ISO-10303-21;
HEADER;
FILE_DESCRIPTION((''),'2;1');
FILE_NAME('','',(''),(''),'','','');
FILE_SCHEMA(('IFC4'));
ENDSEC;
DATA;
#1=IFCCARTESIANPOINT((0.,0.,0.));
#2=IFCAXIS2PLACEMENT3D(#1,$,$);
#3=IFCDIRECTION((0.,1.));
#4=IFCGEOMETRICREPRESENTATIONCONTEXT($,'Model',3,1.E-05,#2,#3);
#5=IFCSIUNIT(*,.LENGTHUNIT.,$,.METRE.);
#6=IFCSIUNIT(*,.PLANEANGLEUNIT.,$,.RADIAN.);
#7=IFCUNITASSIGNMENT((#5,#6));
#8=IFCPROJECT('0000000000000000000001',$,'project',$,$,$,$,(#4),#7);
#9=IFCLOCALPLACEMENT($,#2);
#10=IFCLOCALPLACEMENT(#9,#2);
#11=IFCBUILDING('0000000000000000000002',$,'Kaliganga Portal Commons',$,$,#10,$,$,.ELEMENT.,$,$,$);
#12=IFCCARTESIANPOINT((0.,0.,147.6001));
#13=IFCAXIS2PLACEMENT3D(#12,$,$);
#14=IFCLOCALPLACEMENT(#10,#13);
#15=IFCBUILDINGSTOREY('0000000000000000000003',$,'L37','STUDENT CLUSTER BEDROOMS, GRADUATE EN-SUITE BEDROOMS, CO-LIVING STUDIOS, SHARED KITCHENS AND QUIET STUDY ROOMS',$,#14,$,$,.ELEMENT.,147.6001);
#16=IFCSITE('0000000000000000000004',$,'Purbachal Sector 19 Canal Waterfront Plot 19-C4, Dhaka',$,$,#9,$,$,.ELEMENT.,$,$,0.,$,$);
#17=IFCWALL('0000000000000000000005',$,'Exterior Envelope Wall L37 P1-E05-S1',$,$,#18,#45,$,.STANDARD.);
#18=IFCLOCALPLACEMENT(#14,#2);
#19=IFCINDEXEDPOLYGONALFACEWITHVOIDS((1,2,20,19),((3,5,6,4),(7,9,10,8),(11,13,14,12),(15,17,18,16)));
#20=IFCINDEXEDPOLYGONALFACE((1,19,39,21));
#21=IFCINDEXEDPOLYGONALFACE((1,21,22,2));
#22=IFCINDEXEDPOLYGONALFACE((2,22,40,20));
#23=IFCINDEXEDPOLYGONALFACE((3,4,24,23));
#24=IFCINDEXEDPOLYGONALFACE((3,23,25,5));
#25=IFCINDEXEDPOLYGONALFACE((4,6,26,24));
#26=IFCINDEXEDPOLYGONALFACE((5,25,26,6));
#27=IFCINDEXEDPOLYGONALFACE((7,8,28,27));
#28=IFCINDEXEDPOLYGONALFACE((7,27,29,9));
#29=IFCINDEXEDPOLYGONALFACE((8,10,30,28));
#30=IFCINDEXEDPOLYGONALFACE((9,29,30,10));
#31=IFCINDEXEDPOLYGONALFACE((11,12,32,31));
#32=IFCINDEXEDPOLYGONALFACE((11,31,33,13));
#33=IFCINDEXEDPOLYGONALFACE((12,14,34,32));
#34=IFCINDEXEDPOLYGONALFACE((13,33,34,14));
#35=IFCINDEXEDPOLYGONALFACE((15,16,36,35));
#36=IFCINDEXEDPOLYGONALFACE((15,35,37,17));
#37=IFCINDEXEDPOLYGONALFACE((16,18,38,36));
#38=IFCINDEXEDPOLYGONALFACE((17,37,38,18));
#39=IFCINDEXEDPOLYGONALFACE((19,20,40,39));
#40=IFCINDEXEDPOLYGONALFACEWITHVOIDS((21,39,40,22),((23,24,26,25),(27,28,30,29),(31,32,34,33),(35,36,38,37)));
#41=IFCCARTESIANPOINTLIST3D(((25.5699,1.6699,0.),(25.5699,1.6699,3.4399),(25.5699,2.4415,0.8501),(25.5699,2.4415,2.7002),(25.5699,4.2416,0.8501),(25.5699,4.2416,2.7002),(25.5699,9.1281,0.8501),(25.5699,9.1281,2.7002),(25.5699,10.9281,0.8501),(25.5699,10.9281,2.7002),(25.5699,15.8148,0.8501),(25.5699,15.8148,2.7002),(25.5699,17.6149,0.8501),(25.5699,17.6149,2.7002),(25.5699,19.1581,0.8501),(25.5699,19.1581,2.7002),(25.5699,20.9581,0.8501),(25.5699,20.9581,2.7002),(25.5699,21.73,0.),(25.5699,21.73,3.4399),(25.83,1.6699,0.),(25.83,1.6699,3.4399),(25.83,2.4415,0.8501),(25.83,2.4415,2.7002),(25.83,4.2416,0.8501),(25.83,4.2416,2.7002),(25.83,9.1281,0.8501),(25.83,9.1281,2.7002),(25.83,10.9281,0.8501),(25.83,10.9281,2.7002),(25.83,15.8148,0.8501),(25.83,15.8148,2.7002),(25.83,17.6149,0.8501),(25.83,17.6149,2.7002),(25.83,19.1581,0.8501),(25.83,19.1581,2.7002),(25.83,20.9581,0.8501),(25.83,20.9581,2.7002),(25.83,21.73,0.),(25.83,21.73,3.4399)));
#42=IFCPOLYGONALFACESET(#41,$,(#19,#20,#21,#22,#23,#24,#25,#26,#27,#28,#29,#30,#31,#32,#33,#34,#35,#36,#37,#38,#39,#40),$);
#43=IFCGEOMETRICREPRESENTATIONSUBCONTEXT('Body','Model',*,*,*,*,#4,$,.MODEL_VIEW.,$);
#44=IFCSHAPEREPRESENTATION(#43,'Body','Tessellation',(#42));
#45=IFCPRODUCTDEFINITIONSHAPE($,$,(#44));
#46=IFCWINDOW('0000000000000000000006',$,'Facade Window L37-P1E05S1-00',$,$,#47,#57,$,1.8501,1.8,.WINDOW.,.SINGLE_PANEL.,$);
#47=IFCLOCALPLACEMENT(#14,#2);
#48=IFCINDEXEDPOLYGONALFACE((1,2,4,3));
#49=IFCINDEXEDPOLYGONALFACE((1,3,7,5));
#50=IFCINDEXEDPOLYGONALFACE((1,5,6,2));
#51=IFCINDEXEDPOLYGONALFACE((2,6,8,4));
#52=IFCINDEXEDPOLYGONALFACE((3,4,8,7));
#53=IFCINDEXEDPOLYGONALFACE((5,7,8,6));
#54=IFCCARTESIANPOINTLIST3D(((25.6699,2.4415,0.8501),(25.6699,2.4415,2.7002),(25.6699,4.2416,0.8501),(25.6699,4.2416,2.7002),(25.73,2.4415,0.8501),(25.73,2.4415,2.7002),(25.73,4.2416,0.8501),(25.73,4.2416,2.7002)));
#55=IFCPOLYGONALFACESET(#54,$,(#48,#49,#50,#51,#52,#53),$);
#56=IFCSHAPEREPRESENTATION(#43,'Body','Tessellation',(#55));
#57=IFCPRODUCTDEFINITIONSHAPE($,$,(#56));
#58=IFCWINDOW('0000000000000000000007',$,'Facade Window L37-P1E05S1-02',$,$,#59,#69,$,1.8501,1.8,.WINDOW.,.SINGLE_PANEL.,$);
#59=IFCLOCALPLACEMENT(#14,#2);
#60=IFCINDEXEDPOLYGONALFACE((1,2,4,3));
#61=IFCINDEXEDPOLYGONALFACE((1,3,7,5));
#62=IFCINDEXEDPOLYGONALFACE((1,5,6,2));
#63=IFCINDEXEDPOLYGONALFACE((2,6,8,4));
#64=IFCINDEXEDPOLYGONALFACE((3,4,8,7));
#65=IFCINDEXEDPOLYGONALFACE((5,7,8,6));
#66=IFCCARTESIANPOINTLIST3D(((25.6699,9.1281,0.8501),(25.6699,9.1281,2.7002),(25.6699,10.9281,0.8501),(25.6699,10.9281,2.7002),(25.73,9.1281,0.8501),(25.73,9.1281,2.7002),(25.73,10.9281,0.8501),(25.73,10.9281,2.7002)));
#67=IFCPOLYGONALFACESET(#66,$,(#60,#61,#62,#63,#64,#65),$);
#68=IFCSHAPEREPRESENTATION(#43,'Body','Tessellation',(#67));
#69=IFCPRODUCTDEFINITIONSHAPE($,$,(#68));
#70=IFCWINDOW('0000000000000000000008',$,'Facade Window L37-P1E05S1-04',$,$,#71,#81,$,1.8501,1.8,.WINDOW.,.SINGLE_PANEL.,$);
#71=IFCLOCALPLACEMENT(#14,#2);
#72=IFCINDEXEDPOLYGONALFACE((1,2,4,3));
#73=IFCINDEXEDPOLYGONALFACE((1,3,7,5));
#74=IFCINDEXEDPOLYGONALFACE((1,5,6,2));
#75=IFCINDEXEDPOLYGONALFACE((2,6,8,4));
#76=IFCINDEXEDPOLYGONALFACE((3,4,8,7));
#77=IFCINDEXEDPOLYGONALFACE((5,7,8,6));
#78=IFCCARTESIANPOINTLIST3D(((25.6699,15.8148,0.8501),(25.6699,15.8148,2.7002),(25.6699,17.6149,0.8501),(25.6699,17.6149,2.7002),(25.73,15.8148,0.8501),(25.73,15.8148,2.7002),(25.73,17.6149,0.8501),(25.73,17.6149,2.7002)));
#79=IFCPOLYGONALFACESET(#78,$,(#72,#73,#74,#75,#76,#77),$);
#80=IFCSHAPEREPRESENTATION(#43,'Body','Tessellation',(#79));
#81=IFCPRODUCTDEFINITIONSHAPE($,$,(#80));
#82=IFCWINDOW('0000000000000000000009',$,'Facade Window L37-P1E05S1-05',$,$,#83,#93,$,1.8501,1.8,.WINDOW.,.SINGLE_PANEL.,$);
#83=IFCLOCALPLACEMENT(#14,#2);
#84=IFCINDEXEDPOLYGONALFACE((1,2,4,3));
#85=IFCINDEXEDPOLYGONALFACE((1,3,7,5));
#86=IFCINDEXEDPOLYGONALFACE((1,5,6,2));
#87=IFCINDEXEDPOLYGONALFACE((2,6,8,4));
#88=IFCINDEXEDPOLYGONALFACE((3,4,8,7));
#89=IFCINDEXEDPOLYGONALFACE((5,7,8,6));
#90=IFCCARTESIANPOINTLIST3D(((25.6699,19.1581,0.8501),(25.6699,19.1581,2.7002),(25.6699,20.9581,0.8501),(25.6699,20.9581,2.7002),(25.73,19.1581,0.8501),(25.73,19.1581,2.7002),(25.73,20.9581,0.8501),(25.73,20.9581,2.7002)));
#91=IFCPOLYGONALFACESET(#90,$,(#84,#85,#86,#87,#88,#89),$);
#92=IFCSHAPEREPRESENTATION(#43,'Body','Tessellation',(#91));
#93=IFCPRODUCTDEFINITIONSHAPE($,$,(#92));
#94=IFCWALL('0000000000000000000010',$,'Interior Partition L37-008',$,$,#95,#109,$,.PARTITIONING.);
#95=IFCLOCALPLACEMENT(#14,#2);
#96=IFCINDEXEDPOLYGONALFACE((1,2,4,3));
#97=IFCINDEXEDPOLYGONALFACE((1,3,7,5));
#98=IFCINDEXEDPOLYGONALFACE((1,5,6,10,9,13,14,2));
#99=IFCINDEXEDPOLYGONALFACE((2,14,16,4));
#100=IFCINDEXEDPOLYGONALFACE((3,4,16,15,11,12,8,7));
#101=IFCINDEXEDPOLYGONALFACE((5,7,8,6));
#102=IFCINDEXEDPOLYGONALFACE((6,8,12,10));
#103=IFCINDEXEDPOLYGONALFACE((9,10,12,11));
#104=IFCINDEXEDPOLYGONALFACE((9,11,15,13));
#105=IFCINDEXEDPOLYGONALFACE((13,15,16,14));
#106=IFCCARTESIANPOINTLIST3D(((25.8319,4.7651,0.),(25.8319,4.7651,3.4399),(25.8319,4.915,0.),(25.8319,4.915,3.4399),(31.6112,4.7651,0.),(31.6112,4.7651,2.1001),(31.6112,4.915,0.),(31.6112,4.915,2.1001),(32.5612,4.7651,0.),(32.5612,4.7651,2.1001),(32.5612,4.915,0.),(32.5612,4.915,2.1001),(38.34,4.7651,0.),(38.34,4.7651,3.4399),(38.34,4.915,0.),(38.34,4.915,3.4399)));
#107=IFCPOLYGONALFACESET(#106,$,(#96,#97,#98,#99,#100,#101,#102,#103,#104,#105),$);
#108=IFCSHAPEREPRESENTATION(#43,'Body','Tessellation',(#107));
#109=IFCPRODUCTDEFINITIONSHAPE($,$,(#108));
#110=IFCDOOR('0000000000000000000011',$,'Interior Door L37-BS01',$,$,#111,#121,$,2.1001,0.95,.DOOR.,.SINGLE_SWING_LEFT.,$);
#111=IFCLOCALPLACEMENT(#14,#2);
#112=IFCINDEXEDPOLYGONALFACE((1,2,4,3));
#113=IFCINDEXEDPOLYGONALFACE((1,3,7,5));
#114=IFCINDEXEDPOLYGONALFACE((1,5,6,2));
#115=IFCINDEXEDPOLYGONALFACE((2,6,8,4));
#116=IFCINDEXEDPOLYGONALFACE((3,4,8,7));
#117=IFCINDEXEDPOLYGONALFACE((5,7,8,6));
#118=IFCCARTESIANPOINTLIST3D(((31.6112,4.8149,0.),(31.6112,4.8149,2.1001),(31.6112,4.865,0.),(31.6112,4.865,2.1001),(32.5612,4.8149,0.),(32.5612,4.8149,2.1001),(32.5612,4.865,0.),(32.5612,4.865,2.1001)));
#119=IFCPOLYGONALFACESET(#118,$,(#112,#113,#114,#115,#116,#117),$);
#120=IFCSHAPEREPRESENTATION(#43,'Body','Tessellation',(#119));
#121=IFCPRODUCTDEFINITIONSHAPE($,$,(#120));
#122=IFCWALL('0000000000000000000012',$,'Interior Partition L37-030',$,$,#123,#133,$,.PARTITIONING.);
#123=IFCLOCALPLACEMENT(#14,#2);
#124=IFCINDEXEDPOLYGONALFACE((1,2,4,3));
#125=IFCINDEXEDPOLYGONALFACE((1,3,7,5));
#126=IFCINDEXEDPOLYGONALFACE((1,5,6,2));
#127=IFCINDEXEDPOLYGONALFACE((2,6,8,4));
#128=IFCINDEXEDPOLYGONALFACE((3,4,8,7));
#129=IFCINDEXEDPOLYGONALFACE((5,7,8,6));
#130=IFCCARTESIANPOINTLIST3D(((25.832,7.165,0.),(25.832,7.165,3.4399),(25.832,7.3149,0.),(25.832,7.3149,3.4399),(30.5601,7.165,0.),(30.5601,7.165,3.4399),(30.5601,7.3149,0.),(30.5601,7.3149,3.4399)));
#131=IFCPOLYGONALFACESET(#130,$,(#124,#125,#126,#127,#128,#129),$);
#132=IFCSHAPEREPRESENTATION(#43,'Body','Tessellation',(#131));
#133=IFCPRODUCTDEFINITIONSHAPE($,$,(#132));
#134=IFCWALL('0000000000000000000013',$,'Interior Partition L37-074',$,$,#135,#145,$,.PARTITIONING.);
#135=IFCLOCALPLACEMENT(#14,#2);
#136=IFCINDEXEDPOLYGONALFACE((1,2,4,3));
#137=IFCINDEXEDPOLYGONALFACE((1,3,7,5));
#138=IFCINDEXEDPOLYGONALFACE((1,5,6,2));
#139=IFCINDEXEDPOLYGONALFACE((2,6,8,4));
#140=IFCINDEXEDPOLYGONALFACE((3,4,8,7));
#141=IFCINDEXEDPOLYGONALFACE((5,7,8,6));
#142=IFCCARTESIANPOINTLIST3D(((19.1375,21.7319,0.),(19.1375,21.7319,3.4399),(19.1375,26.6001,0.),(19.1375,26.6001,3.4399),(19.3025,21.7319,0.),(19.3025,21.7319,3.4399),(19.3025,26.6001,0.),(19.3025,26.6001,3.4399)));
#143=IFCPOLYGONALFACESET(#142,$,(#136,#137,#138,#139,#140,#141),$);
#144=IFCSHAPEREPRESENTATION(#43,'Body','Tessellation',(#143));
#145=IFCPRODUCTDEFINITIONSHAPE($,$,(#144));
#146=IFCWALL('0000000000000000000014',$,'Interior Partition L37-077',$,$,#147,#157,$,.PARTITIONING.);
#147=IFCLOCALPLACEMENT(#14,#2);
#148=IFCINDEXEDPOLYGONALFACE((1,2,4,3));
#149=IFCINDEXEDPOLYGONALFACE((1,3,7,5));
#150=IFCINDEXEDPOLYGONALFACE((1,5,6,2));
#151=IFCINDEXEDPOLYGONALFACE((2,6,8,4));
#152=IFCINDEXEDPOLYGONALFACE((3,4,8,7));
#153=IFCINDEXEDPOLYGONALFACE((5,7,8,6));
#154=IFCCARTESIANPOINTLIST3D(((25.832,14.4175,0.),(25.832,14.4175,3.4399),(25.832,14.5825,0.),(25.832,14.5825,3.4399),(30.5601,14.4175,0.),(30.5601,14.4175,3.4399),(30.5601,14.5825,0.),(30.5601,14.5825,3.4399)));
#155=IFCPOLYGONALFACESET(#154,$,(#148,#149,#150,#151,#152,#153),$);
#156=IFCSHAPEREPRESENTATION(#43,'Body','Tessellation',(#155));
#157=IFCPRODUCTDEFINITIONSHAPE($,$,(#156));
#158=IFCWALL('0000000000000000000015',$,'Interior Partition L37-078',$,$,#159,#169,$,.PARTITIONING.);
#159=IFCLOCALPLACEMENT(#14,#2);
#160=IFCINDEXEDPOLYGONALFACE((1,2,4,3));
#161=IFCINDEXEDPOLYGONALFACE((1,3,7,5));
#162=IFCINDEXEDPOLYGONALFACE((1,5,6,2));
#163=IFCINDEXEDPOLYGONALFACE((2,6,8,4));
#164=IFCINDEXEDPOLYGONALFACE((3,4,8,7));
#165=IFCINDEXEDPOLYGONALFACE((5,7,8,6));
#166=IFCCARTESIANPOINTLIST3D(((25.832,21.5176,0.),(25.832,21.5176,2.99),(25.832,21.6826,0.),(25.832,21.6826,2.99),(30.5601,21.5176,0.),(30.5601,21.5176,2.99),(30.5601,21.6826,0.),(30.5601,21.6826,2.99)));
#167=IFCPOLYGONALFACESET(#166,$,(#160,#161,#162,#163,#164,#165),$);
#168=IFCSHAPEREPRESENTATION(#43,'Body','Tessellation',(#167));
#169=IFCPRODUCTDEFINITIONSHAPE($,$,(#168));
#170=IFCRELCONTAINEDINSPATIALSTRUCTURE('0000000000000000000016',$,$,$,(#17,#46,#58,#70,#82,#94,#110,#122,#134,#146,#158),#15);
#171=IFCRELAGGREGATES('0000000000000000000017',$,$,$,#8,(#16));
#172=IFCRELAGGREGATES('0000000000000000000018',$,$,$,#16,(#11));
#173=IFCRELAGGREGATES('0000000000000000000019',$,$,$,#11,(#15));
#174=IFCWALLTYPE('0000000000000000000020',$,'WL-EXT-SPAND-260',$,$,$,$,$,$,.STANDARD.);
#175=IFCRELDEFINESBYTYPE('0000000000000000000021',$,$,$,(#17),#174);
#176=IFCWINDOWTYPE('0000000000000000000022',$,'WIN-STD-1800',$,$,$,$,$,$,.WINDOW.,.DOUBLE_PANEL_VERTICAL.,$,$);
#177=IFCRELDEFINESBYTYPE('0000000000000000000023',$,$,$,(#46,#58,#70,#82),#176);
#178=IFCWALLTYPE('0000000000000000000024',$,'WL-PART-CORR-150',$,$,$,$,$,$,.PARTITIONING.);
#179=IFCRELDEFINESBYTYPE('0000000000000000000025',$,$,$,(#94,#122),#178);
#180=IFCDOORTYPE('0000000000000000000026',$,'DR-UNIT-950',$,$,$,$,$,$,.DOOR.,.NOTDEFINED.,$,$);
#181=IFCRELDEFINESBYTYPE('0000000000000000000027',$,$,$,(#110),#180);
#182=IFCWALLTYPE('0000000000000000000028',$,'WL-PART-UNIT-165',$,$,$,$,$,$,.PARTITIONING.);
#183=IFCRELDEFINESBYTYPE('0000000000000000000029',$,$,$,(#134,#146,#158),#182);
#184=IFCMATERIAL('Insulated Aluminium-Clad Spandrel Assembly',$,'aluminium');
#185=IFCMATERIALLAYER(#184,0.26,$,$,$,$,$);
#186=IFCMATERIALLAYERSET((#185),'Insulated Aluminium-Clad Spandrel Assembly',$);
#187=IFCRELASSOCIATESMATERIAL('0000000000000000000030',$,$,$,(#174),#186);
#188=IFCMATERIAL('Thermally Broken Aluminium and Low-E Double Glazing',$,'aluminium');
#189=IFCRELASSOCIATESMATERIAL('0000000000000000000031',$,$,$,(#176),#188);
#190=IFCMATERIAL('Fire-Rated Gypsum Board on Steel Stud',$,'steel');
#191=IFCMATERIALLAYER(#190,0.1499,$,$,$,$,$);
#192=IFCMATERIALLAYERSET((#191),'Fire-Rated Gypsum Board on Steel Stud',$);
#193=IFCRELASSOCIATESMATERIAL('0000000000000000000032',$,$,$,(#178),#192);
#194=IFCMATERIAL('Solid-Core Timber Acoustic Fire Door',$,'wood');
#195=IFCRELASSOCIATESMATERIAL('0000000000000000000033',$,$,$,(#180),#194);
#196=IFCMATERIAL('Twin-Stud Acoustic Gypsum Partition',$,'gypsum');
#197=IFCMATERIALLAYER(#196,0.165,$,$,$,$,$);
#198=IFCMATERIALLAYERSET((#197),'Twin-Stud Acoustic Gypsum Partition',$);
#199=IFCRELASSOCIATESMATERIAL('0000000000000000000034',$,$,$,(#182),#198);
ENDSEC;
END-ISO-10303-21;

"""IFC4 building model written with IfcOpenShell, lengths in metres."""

from ifc_helpers import new_model, si_unit, direction, frame, frame_2d, origin, place, context, subcontext, project, spatial, rectangle, extrude, material, layer, layer_set, type_object, element, fill, save


model = new_model("IFC4")

# Units and contexts
model_context = context("Model", 3, precision=1e-05, world=origin(), true_north=direction((0.0, 1.0)))
body_context = subcontext(model_context, "Body", "Model", "MODEL_VIEW")
ifc_project = project(units=[si_unit("LENGTHUNIT", "METRE"), si_unit("PLANEANGLEUNIT", "RADIAN")], contexts=[model_context])

# Site, building, storey
site_placement = place(None, origin())
site = spatial("IfcSite", under=ifc_project, at=site_placement, Name="Purbachal Sector 19 Canal Waterfront Plot 19-C4, Dhaka", CompositionType="ELEMENT", RefElevation=0.0)
building_placement = place(site_placement, origin())
building = spatial("IfcBuilding", under=site, at=building_placement, Name="Kaliganga Portal Commons", CompositionType="ELEMENT")
storey_placement = place(building_placement, frame((0.0, 0.0, 147.6001)))
storey = spatial("IfcBuildingStorey", under=building, at=storey_placement, Name="L37", Description="STUDENT CLUSTER BEDROOMS, GRADUATE EN-SUITE BEDROOMS, CO-LIVING STUDIOS, SHARED KITCHENS AND QUIET STUDY ROOMS", CompositionType="ELEMENT", Elevation=147.6001)

# Shared definitions
ifc_material_1 = material(Name="Insulated Aluminium-Clad Spandrel Assembly", Category="aluminium")
ifc_layer_1 = layer(ifc_material_1, 0.26)
ifc_layer_set_1 = layer_set([ifc_layer_1], Name="Insulated Aluminium-Clad Spandrel Assembly")
wall_type_1 = type_object("IfcWallType", Name="WL-EXT-SPAND-260", PredefinedType="STANDARD", material=ifc_layer_set_1)
ifc_material_2 = material(Name="Thermally Broken Aluminium and Low-E Double Glazing", Category="aluminium")

# Wall, openings, windows
wall_1_placement = place(storey_placement, frame((25.7, 1.6699, 0.0), z_axis=(0.0, 0.0, 1.0), x_axis=(0.0, 1.0, 0.0)))
wall_1 = element("IfcWall", 1, at=wall_1_placement, inside=storey, type_object=wall_type_1, Name="Exterior Envelope Wall L37 P1-E05-S1", PredefinedType="STANDARD", context=body_context, shape_type="SweptSolid", body=[
    extrude(rectangle(XDim=20.0601, YDim=0.26, at=frame_2d((10.03, 0.0))), origin(), (0.0, 0.0, 1.0), 3.4399),
])
opening_1_placement = place(wall_1_placement, frame((0.7717, 0.0, 0.8501)))
opening_1 = element("IfcOpeningElement", 2, at=opening_1_placement, cuts=wall_1, PredefinedType="OPENING", context=body_context, shape_type="SweptSolid", body=[
    extrude(rectangle(XDim=1.8, YDim=1.8501, at=frame_2d((0.8999, 0.925))), frame((0.0, 0.1401, 0.0), z_axis=(0.0, -1.0, 0.0), x_axis=(1.0, 0.0, 0.0)), (0.0, 0.0, 1.0), 0.28),
])
opening_2_placement = place(wall_1_placement, frame((7.4583, 0.0, 0.8501)))
opening_2 = element("IfcOpeningElement", 3, at=opening_2_placement, cuts=wall_1, PredefinedType="OPENING", context=body_context, shape_type="SweptSolid", body=[
    extrude(rectangle(XDim=1.8, YDim=1.8501, at=frame_2d((0.8999, 0.925))), frame((0.0, 0.1401, 0.0), z_axis=(0.0, -1.0, 0.0), x_axis=(1.0, 0.0, 0.0)), (0.0, 0.0, 1.0), 0.28),
])
opening_3_placement = place(wall_1_placement, frame((14.145, 0.0, 0.8501)))
opening_3 = element("IfcOpeningElement", 4, at=opening_3_placement, cuts=wall_1, PredefinedType="OPENING", context=body_context, shape_type="SweptSolid", body=[
    extrude(rectangle(XDim=1.8, YDim=1.8501, at=frame_2d((0.8999, 0.925))), frame((0.0, 0.1401, 0.0), z_axis=(0.0, -1.0, 0.0), x_axis=(1.0, 0.0, 0.0)), (0.0, 0.0, 1.0), 0.28),
])
opening_4_placement = place(wall_1_placement, frame((17.4883, 0.0, 0.8501)))
opening_4 = element("IfcOpeningElement", 5, at=opening_4_placement, cuts=wall_1, PredefinedType="OPENING", context=body_context, shape_type="SweptSolid", body=[
    extrude(rectangle(XDim=1.8, YDim=1.8501, at=frame_2d((0.8999, 0.925))), frame((0.0, 0.1401, 0.0), z_axis=(0.0, -1.0, 0.0), x_axis=(1.0, 0.0, 0.0)), (0.0, 0.0, 1.0), 0.28),
])
window_type_1 = type_object("IfcWindowType", Name="WIN-STD-1800", PartitioningType="DOUBLE_PANEL_VERTICAL", PredefinedType="WINDOW", material=ifc_material_2)
window_1_placement = place(opening_1_placement, origin())
window_1 = element("IfcWindow", 6, at=window_1_placement, inside=storey, type_object=window_type_1, Name="Facade Window L37-P1E05S1-00", OverallHeight=1.8501, OverallWidth=1.8, PartitioningType="SINGLE_PANEL", PredefinedType="WINDOW", context=body_context, shape_type="SweptSolid", body=[
    extrude(rectangle(XDim=1.8, YDim=1.8501, at=frame_2d((0.8999, 0.925))), frame((0.0, 0.03, 0.0), z_axis=(0.0, -1.0, 0.0), x_axis=(1.0, 0.0, 0.0)), (0.0, 0.0, 1.0), 0.0601),
])
fill(opening_1, window_1)
window_2_placement = place(opening_2_placement, origin())
window_2 = element("IfcWindow", 7, at=window_2_placement, inside=storey, type_object=window_type_1, Name="Facade Window L37-P1E05S1-02", OverallHeight=1.8501, OverallWidth=1.8, PartitioningType="SINGLE_PANEL", PredefinedType="WINDOW", context=body_context, shape_type="SweptSolid", body=[
    extrude(rectangle(XDim=1.8, YDim=1.8501, at=frame_2d((0.8999, 0.925))), frame((0.0, 0.03, 0.0), z_axis=(0.0, -1.0, 0.0), x_axis=(1.0, 0.0, 0.0)), (0.0, 0.0, 1.0), 0.0601),
])
fill(opening_2, window_2)
window_3_placement = place(opening_3_placement, origin())
window_3 = element("IfcWindow", 8, at=window_3_placement, inside=storey, type_object=window_type_1, Name="Facade Window L37-P1E05S1-04", OverallHeight=1.8501, OverallWidth=1.8, PartitioningType="SINGLE_PANEL", PredefinedType="WINDOW", context=body_context, shape_type="SweptSolid", body=[
    extrude(rectangle(XDim=1.8, YDim=1.8501, at=frame_2d((0.8999, 0.925))), frame((0.0, 0.03, 0.0), z_axis=(0.0, -1.0, 0.0), x_axis=(1.0, 0.0, 0.0)), (0.0, 0.0, 1.0), 0.0601),
])
fill(opening_3, window_3)
window_4_placement = place(opening_4_placement, origin())
window_4 = element("IfcWindow", 9, at=window_4_placement, inside=storey, type_object=window_type_1, Name="Facade Window L37-P1E05S1-05", OverallHeight=1.8501, OverallWidth=1.8, PartitioningType="SINGLE_PANEL", PredefinedType="WINDOW", context=body_context, shape_type="SweptSolid", body=[
    extrude(rectangle(XDim=1.8, YDim=1.8501, at=frame_2d((0.8999, 0.925))), frame((0.0, 0.03, 0.0), z_axis=(0.0, -1.0, 0.0), x_axis=(1.0, 0.0, 0.0)), (0.0, 0.0, 1.0), 0.0601),
])
fill(opening_4, window_4)

# Wall, opening, door
ifc_material_3 = material(Name="Fire-Rated Gypsum Board on Steel Stud", Category="steel")
ifc_layer_2 = layer(ifc_material_3, 0.1499)
ifc_layer_set_2 = layer_set([ifc_layer_2], Name="Fire-Rated Gypsum Board on Steel Stud")
wall_type_2 = type_object("IfcWallType", Name="WL-PART-CORR-150", PredefinedType="PARTITIONING", material=ifc_layer_set_2)
wall_2_placement = place(storey_placement, frame((25.832, 4.8401, 0.0), z_axis=(0.0, 0.0, 1.0), x_axis=(1.0, 0.0, 0.0)))
wall_2 = element("IfcWall", 10, at=wall_2_placement, inside=storey, type_object=wall_type_2, Name="Interior Partition L37-008", PredefinedType="PARTITIONING", context=body_context, shape_type="SweptSolid", body=[
    extrude(rectangle(XDim=12.5081, YDim=0.1499, at=frame_2d((6.2539, 0.0))), origin(), (0.0, 0.0, 1.0), 3.4399),
])
opening_5_placement = place(wall_2_placement, frame((5.7791, 0.0, 0.0)))
opening_5 = element("IfcOpeningElement", 11, at=opening_5_placement, cuts=wall_2, PredefinedType="OPENING", context=body_context, shape_type="SweptSolid", body=[
    extrude(rectangle(XDim=0.95, YDim=2.1001, at=frame_2d((0.4751, 1.05))), frame((0.0, 0.085, 0.0), z_axis=(0.0, -1.0, 0.0), x_axis=(1.0, 0.0, 0.0)), (0.0, 0.0, 1.0), 0.1699),
])
ifc_material_4 = material(Name="Solid-Core Timber Acoustic Fire Door", Category="wood")
door_type = type_object("IfcDoorType", Name="DR-UNIT-950", OperationType="NOTDEFINED", PredefinedType="DOOR", material=ifc_material_4)
door_placement = place(opening_5_placement, origin())
door = element("IfcDoor", 12, at=door_placement, inside=storey, type_object=door_type, Name="Interior Door L37-BS01", OperationType="SINGLE_SWING_LEFT", OverallHeight=2.1001, OverallWidth=0.95, PredefinedType="DOOR", context=body_context, shape_type="SweptSolid", body=[
    extrude(rectangle(XDim=0.95, YDim=2.1001, at=frame_2d((0.4751, 1.05))), frame((0.0, 0.0249, 0.0), z_axis=(0.0, -1.0, 0.0), x_axis=(1.0, 0.0, 0.0)), (0.0, 0.0, 1.0), 0.05),
])
fill(opening_5, door)

# Walls
wall_3_placement = place(storey_placement, frame((25.832, 7.24, 0.0), z_axis=(0.0, 0.0, 1.0), x_axis=(1.0, 0.0, 0.0)))
element("IfcWall", 13, at=wall_3_placement, inside=storey, type_object=wall_type_2, Name="Interior Partition L37-030", PredefinedType="PARTITIONING", context=body_context, shape_type="SweptSolid", body=[
    extrude(rectangle(XDim=4.728, YDim=0.1499, at=frame_2d((2.364, 0.0))), origin(), (0.0, 0.0, 1.0), 3.4399),
])
ifc_material_5 = material(Name="Twin-Stud Acoustic Gypsum Partition", Category="gypsum")
ifc_layer_3 = layer(ifc_material_5, 0.165)
ifc_layer_set_3 = layer_set([ifc_layer_3], Name="Twin-Stud Acoustic Gypsum Partition")
wall_type_3 = type_object("IfcWallType", Name="WL-PART-UNIT-165", PredefinedType="PARTITIONING", material=ifc_layer_set_3)
wall_4_placement = place(storey_placement, frame((19.22, 21.7319, 0.0), z_axis=(0.0, 0.0, 1.0), x_axis=(0.0, 1.0, 0.0)))
element("IfcWall", 14, at=wall_4_placement, inside=storey, type_object=wall_type_3, Name="Interior Partition L37-074", PredefinedType="PARTITIONING", context=body_context, shape_type="SweptSolid", body=[
    extrude(rectangle(XDim=4.8682, YDim=0.165, at=frame_2d((2.4341, 0.0))), origin(), (0.0, 0.0, 1.0), 3.4399),
])
wall_5_placement = place(storey_placement, frame((25.832, 14.5, 0.0), z_axis=(0.0, 0.0, 1.0), x_axis=(1.0, 0.0, 0.0)))
element("IfcWall", 15, at=wall_5_placement, inside=storey, type_object=wall_type_3, Name="Interior Partition L37-077", PredefinedType="PARTITIONING", context=body_context, shape_type="SweptSolid", body=[
    extrude(rectangle(XDim=4.728, YDim=0.165, at=frame_2d((2.364, 0.0))), origin(), (0.0, 0.0, 1.0), 3.4399),
])
wall_6_placement = place(storey_placement, frame((25.832, 21.6001, 0.0), z_axis=(0.0, 0.0, 1.0), x_axis=(1.0, 0.0, 0.0)))
element("IfcWall", 16, at=wall_6_placement, inside=storey, type_object=wall_type_3, Name="Interior Partition L37-078", PredefinedType="PARTITIONING", context=body_context, shape_type="SweptSolid", body=[
    extrude(rectangle(XDim=4.728, YDim=0.165, at=frame_2d((2.364, 0.0))), origin(), (0.0, 0.0, 1.0), 2.99),
])

save(model, "model.ifc")
